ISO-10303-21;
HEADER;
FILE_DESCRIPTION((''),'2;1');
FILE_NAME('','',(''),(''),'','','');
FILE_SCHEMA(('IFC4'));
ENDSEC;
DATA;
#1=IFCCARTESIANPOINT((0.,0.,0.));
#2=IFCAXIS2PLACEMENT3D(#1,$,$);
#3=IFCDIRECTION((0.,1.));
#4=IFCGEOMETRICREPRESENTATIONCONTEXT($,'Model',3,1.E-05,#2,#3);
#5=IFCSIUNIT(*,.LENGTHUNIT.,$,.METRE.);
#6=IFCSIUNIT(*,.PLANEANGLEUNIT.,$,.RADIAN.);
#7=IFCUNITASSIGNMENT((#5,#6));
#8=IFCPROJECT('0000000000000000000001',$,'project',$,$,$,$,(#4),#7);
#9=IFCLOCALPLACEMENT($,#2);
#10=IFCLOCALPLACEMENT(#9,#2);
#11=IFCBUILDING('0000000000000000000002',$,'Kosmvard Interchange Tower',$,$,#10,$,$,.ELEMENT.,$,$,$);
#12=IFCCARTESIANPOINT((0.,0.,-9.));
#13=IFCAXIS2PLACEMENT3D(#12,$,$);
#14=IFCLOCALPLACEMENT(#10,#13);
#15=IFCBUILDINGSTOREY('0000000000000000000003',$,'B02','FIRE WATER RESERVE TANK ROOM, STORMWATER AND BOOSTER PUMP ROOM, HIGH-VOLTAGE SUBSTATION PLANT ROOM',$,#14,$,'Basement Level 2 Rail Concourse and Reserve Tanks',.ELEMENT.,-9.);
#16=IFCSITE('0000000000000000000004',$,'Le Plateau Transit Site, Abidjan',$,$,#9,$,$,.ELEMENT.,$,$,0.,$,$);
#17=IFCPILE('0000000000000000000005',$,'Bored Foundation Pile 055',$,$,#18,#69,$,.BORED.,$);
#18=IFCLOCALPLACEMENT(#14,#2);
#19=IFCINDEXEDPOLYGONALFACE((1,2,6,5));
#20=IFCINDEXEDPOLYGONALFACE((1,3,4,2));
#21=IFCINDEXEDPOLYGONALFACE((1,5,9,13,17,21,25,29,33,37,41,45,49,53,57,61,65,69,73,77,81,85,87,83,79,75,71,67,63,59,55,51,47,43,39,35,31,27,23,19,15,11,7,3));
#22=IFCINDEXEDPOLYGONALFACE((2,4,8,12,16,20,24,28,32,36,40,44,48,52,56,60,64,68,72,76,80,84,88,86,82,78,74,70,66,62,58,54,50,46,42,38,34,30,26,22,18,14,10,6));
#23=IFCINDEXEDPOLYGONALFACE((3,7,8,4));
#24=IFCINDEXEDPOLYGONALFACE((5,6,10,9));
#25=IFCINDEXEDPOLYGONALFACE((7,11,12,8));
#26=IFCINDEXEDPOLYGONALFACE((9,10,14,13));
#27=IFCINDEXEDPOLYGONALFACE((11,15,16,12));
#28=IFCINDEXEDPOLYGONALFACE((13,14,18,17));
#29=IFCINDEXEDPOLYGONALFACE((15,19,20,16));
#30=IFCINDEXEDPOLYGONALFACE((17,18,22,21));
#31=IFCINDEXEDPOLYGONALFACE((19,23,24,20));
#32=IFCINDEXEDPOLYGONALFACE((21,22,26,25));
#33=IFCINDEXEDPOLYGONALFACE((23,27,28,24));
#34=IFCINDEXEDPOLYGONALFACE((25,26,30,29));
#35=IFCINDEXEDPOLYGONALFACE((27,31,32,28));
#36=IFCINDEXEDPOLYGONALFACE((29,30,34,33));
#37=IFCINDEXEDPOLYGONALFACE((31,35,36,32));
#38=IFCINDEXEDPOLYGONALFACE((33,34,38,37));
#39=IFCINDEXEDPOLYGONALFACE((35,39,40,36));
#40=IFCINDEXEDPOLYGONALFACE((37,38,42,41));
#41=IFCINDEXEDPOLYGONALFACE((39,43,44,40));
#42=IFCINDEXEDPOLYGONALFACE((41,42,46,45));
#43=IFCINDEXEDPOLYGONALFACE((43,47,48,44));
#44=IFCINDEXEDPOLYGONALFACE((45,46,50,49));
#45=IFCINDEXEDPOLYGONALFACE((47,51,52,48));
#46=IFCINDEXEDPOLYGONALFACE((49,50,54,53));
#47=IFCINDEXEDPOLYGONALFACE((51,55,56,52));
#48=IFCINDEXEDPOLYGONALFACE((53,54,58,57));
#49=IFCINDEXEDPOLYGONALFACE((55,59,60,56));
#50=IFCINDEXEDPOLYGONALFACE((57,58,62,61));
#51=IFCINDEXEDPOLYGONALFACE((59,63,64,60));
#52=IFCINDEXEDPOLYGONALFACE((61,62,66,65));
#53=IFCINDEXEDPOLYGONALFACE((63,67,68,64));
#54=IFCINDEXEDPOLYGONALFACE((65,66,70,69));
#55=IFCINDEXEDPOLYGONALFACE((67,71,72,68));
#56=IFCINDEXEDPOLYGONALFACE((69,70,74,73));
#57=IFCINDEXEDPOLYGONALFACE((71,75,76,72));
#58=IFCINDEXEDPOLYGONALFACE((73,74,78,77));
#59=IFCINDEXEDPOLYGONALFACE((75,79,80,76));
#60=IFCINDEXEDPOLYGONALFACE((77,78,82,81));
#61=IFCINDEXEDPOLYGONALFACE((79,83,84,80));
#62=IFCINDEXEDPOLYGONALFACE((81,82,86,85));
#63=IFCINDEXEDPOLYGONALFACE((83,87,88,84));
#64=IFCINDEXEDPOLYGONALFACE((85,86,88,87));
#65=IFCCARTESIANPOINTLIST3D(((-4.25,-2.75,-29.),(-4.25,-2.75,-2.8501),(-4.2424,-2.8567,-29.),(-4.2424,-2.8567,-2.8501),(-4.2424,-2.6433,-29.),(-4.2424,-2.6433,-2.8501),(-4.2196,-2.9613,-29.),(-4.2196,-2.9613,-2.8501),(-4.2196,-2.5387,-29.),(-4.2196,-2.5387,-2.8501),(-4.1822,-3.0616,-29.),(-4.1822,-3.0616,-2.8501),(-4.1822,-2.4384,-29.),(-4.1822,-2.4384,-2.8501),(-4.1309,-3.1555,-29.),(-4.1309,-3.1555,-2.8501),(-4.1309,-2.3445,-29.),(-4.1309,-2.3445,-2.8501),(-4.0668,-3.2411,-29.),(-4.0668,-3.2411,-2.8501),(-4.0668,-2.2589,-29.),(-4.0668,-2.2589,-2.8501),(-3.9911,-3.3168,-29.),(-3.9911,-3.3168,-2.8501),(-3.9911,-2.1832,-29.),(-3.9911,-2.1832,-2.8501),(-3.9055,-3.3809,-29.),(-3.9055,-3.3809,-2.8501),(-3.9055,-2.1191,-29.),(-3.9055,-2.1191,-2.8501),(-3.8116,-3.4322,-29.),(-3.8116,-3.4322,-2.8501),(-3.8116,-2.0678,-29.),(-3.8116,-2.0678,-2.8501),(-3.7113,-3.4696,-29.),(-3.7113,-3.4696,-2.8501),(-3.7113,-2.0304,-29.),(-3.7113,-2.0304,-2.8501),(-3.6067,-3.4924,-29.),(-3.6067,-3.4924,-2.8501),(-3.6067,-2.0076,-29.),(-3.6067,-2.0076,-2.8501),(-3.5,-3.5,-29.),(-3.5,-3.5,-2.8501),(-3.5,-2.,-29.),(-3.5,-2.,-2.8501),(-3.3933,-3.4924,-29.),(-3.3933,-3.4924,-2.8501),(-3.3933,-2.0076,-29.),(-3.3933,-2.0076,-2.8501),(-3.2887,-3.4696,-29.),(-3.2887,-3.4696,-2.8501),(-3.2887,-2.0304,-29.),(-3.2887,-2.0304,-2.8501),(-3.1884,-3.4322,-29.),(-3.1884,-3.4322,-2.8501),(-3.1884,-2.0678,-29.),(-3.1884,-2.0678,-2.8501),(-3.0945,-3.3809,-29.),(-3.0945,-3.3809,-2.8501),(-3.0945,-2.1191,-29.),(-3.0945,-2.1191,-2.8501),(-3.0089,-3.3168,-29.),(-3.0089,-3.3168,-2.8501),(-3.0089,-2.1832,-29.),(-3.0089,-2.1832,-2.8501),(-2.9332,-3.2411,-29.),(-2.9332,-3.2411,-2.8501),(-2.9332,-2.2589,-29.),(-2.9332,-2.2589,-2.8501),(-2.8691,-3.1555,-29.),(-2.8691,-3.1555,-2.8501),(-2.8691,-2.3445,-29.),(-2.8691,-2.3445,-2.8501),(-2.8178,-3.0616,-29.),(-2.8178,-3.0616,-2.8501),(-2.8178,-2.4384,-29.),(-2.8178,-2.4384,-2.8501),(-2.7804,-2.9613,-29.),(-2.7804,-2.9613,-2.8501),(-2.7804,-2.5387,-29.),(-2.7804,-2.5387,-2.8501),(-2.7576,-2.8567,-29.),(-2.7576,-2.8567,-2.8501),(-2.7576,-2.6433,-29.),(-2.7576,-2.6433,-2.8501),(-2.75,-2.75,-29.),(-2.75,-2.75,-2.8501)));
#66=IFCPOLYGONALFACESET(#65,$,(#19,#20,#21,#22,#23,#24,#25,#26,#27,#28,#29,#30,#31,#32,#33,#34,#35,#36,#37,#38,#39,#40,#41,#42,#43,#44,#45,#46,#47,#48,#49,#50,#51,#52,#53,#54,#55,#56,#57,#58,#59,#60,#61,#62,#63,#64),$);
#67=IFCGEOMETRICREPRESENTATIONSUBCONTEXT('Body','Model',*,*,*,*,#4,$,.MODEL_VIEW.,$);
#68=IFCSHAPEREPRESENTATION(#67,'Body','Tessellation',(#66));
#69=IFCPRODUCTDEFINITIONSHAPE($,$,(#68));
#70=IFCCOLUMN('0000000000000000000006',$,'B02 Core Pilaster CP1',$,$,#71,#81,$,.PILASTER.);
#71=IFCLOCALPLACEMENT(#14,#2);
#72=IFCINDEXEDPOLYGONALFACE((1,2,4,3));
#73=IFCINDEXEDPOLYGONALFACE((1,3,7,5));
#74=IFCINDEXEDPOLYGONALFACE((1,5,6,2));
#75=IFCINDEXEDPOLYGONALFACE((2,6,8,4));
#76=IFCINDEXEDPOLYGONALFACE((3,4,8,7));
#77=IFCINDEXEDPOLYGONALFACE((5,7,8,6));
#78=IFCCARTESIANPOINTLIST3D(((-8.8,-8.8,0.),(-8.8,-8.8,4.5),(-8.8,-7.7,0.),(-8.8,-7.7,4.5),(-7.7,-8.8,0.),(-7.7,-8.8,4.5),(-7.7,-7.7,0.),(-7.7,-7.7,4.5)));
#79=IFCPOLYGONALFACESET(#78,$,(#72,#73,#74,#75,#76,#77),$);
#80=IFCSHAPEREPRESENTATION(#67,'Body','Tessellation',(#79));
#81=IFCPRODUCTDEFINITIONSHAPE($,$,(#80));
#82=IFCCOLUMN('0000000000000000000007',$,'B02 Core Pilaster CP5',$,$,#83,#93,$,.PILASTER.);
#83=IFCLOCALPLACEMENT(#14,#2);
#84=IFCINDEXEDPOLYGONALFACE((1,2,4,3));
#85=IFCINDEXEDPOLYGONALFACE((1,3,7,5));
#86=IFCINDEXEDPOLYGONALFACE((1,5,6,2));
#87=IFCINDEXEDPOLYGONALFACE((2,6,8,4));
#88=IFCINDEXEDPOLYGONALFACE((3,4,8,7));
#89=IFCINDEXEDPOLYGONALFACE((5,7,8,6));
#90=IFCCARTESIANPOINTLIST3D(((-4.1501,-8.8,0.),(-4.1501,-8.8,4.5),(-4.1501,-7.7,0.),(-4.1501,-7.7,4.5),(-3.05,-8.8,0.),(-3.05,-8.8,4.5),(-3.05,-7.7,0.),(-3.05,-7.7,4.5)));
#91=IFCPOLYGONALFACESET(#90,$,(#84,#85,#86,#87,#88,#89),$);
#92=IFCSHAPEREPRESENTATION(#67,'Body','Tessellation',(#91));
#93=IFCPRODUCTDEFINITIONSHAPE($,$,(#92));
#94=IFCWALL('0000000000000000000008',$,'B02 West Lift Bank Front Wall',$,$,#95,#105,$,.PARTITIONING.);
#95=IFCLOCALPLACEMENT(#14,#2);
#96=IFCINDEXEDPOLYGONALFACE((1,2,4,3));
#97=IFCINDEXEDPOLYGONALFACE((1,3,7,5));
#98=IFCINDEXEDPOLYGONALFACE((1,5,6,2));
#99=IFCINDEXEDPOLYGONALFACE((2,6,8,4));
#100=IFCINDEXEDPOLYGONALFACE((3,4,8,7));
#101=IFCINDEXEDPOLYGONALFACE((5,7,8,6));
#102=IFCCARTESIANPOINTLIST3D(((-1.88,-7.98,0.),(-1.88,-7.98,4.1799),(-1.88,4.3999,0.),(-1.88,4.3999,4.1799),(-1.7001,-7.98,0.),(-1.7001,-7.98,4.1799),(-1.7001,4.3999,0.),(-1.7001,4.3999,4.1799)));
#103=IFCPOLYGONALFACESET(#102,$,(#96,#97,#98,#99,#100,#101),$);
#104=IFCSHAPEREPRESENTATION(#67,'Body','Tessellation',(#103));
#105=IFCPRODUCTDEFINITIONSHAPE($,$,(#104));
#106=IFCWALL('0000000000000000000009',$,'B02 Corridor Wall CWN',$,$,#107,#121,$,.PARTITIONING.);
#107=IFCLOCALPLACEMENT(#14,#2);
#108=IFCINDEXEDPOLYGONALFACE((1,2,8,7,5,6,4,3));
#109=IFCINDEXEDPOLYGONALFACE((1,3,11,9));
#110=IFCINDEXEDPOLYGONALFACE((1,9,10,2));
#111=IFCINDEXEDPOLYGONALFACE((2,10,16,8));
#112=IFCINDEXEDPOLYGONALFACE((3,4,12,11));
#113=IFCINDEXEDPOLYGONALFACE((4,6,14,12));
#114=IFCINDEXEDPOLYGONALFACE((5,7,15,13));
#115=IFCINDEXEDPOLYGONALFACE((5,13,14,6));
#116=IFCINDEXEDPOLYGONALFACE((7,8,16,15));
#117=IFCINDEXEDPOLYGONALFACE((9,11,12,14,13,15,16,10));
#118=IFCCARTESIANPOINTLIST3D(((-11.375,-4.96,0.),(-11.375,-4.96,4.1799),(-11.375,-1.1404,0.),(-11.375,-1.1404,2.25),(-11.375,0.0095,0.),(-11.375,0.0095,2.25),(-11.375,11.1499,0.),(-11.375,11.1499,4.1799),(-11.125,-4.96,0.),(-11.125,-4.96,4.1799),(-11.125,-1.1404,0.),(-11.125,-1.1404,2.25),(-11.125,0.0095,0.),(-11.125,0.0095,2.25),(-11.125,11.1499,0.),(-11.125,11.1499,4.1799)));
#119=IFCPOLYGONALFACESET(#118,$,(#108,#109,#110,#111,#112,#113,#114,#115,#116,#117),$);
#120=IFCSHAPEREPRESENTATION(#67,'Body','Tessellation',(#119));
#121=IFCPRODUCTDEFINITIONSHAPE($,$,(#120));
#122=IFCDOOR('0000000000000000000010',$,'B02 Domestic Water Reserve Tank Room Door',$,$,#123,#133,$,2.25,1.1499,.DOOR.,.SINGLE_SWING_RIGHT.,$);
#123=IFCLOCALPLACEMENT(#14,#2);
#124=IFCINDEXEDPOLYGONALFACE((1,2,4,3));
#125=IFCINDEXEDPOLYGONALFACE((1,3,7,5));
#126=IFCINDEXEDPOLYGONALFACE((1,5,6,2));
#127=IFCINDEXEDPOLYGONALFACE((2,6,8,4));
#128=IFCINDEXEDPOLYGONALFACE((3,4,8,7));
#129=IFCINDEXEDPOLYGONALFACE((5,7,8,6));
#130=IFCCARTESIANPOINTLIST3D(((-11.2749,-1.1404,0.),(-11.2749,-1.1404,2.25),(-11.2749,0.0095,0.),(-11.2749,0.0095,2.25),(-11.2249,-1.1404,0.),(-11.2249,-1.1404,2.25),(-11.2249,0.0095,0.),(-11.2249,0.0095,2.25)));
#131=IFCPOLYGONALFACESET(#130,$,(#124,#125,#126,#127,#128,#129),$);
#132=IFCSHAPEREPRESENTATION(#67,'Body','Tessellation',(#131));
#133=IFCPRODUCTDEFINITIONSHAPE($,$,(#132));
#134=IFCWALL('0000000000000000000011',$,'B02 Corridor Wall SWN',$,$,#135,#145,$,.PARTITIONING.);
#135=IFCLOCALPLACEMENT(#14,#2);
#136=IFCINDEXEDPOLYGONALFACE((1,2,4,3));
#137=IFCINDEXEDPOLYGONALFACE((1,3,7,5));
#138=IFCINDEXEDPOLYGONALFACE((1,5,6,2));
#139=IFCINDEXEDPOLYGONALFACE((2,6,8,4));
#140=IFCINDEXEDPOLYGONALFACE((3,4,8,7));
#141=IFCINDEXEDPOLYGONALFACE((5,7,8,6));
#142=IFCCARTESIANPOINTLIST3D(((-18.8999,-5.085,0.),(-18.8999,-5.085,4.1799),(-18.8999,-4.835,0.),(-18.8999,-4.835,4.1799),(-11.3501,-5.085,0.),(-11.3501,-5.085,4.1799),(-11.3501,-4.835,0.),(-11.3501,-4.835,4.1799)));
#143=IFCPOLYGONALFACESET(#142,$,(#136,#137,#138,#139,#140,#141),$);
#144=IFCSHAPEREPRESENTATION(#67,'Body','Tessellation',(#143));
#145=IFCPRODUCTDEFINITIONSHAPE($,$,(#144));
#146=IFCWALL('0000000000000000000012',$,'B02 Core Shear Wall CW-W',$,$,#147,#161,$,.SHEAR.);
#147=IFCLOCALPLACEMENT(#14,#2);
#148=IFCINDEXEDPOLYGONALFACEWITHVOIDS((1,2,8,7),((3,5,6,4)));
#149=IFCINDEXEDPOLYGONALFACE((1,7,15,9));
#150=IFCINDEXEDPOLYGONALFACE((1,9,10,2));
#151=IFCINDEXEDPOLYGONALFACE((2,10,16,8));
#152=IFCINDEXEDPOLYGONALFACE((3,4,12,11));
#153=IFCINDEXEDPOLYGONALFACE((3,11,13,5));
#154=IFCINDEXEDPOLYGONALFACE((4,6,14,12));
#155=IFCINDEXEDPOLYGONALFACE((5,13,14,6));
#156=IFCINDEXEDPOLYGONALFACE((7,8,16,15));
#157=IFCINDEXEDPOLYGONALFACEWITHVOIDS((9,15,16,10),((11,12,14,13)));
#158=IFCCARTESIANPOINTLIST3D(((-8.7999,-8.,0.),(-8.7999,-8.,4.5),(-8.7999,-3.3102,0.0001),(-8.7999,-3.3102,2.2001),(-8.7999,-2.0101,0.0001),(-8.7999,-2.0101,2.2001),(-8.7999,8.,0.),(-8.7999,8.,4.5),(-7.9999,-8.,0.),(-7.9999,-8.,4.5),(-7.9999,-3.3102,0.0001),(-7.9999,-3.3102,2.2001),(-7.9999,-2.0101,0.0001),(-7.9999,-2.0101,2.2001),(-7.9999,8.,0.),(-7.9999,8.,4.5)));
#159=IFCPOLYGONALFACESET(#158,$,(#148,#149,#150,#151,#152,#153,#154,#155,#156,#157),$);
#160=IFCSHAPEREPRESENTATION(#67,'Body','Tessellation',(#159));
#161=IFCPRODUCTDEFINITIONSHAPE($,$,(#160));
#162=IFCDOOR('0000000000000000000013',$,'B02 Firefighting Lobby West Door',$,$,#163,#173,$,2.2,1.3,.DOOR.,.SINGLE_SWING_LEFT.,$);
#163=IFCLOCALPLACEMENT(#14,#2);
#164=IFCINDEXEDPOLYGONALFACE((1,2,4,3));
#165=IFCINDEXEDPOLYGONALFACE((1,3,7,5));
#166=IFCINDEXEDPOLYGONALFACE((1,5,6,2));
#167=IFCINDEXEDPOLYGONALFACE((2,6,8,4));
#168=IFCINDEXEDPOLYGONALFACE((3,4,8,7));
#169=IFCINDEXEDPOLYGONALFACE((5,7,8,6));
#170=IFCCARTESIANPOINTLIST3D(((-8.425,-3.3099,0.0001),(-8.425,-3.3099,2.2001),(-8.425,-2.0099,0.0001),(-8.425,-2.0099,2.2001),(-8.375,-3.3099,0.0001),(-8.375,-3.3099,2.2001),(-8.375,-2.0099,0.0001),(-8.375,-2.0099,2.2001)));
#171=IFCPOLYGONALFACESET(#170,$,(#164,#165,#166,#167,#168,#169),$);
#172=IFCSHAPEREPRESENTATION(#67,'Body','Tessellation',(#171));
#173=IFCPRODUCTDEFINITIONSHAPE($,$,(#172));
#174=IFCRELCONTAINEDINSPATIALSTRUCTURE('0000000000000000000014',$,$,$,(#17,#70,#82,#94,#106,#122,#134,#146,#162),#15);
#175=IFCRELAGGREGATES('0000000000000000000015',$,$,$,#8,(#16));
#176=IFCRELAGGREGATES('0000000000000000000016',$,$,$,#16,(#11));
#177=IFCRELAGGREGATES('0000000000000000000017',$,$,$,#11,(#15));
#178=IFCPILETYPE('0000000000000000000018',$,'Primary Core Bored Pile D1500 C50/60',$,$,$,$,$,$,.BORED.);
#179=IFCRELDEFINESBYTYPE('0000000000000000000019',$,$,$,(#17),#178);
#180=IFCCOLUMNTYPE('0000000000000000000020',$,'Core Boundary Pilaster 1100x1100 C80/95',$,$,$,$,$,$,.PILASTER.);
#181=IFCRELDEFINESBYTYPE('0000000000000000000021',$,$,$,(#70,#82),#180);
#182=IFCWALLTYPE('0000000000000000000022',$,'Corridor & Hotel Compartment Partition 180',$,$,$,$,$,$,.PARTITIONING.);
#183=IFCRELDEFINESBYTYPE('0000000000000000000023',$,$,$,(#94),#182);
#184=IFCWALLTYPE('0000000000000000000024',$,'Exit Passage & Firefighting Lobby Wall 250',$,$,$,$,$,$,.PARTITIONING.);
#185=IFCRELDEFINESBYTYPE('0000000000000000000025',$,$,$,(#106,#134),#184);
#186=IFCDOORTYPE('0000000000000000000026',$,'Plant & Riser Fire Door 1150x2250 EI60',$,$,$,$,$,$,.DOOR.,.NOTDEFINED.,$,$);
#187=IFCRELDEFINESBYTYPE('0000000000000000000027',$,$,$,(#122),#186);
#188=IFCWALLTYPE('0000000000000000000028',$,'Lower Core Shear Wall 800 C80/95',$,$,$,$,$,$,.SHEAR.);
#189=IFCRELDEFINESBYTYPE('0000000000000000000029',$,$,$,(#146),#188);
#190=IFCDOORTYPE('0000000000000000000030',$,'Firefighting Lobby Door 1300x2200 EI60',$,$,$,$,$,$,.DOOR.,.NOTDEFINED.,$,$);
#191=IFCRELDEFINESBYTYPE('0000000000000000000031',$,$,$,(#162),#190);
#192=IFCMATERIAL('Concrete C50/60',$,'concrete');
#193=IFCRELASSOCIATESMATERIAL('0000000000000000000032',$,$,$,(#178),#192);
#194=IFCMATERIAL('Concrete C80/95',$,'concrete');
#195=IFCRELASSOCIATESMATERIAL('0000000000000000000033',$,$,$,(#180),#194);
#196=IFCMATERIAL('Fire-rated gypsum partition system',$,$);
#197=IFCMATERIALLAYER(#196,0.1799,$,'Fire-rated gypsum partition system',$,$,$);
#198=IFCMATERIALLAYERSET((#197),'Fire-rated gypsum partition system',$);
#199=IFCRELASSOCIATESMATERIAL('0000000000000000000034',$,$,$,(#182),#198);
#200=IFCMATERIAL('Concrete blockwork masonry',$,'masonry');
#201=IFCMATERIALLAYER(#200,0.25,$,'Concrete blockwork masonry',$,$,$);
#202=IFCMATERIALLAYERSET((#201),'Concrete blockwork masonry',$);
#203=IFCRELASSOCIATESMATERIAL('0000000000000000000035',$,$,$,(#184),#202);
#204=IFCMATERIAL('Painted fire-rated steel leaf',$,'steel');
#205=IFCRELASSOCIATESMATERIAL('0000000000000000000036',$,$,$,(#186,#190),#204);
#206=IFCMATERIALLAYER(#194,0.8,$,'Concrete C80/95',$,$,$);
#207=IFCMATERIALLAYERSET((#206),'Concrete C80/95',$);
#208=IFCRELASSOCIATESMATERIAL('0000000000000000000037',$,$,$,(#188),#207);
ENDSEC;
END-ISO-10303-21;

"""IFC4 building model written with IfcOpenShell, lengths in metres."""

from ifc_helpers import new_model, si_unit, direction, frame, frame_2d, origin, origin_2d, place, context, subcontext, project, spatial, rectangle, circle, extrude, source, transform, mapped, material, layer, layer_set, material_profile, profile_set, type_object, element, fill, save


model = new_model("IFC4")

# Units and contexts
model_context = context("Model", 3, precision=1e-05, world=origin(), true_north=direction((0.0, 1.0)))
body_context = subcontext(model_context, "Body", "Model", "MODEL_VIEW")
ifc_project = project(units=[si_unit("LENGTHUNIT", "METRE"), si_unit("PLANEANGLEUNIT", "RADIAN")], contexts=[model_context])

# Site, building, storey
site_placement = place(None, origin())
site = spatial("IfcSite", under=ifc_project, at=site_placement, Name="Le Plateau Transit Site, Abidjan", CompositionType="ELEMENT", RefElevation=0.0)
building_placement = place(site_placement, origin())
building = spatial("IfcBuilding", under=site, at=building_placement, Name="Kosmvard Interchange Tower", CompositionType="ELEMENT")
storey_placement = place(building_placement, frame((0.0, 0.0, -9.0)))
storey = spatial("IfcBuildingStorey", under=building, at=storey_placement, Name="B02", Description="FIRE WATER RESERVE TANK ROOM, STORMWATER AND BOOSTER PUMP ROOM, HIGH-VOLTAGE SUBSTATION PLANT ROOM", LongName="Basement Level 2 Rail Concourse and Reserve Tanks", CompositionType="ELEMENT", Elevation=-9.0)

# Pile
ifc_material_1 = material(Name="Concrete C50/60", Category="concrete")
ifc_material_profile_1 = material_profile(ifc_material_1, circle(Radius=0.75, at=origin_2d()), Name="PILE D1500")
ifc_profile_set_1 = profile_set([ifc_material_profile_1], Name="Concrete C50/60")
pile_type = type_object("IfcPileType", Name="Primary Core Bored Pile D1500 C50/60", PredefinedType="BORED", material=ifc_profile_set_1)
shared_shape_1 = source(origin(), body_context, "Body", "SweptSolid", [
    extrude(circle(Radius=0.75, at=origin_2d()), origin(), (0.0, 0.0, 1.0), 26.1499),
])
for number, where, z_axis, x_axis, name in (
    (1, (-3.5, -2.75, -2.8501), (0.0, 0.0, -1.0), (1.0, 0.0, 0.0), "Bored Foundation Pile 055"),
):
    element("IfcPile", number, at=place(storey_placement, frame(where, z_axis=z_axis, x_axis=x_axis)), inside=storey, type_object=pile_type, Name=name, PredefinedType="BORED", context=body_context, shape_type="MappedRepresentation", body=[
        mapped(shared_shape_1, transform((0.0, 0.0, 0.0), scale=1.0)),
    ])

# Columns
ifc_material_2 = material(Name="Concrete C80/95", Category="concrete")
ifc_material_profile_2 = material_profile(ifc_material_2, rectangle(XDim=1.1001, YDim=1.1001, at=origin_2d()), Name="CP 1100x1100")
ifc_profile_set_2 = profile_set([ifc_material_profile_2], Name="Concrete C80/95")
column_type = type_object("IfcColumnType", Name="Core Boundary Pilaster 1100x1100 C80/95", PredefinedType="PILASTER", material=ifc_profile_set_2)
shared_shape_2 = source(origin(), body_context, "Body", "SweptSolid", [
    extrude(rectangle(XDim=1.1001, YDim=1.1001, at=origin_2d()), origin(), (0.0, 0.0, 1.0), 4.5),
])
for number, where, z_axis, x_axis, name in (
    (2, (-8.25, -8.25, 0.0), (0.0, 0.0, 1.0), (1.0, 0.0, 0.0), "B02 Core Pilaster CP1"),
    (3, (-3.6001, -8.25, 0.0), (0.0, 0.0, 1.0), (1.0, 0.0, 0.0), "B02 Core Pilaster CP5"),
):
    element("IfcColumn", number, at=place(storey_placement, frame(where, z_axis=z_axis, x_axis=x_axis)), inside=storey, type_object=column_type, Name=name, PredefinedType="PILASTER", context=body_context, shape_type="MappedRepresentation", body=[
        mapped(shared_shape_2, transform((0.0, 0.0, 0.0), scale=1.0)),
    ])

# Wall
ifc_material_3 = material(Name="Fire-rated gypsum partition system")
ifc_layer_1 = layer(ifc_material_3, 0.1799, Name="Fire-rated gypsum partition system")
ifc_layer_set_1 = layer_set([ifc_layer_1], Name="Fire-rated gypsum partition system")
wall_type_1 = type_object("IfcWallType", Name="Corridor & Hotel Compartment Partition 180", PredefinedType="PARTITIONING", material=ifc_layer_set_1)
wall_1_placement = place(storey_placement, frame((-1.79, -7.98, 0.0), z_axis=(0.0, 0.0, 1.0), x_axis=(0.0, 1.0, 0.0)))
element("IfcWall", 4, at=wall_1_placement, inside=storey, type_object=wall_type_1, Name="B02 West Lift Bank Front Wall", PredefinedType="PARTITIONING", context=body_context, shape_type="SweptSolid", body=[
    extrude(rectangle(XDim=12.3799, YDim=0.1799, at=frame_2d((6.1899, 0.0))), origin(), (0.0, 0.0, 1.0), 4.1799),
])

# Wall, opening, door
ifc_material_4 = material(Name="Concrete blockwork masonry", Category="masonry")
ifc_layer_2 = layer(ifc_material_4, 0.25, Name="Concrete blockwork masonry")
ifc_layer_set_2 = layer_set([ifc_layer_2], Name="Concrete blockwork masonry")
wall_type_2 = type_object("IfcWallType", Name="Exit Passage & Firefighting Lobby Wall 250", PredefinedType="PARTITIONING", material=ifc_layer_set_2)
wall_2_placement = place(storey_placement, frame((-11.25, -4.96, 0.0), z_axis=(0.0, 0.0, 1.0), x_axis=(0.0, 1.0, 0.0)))
wall_2 = element("IfcWall", 5, at=wall_2_placement, inside=storey, type_object=wall_type_2, Name="B02 Corridor Wall CWN", PredefinedType="PARTITIONING", context=body_context, shape_type="SweptSolid", body=[
    extrude(rectangle(XDim=16.1099, YDim=0.25, at=frame_2d((8.0549, 0.0))), origin(), (0.0, 0.0, 1.0), 4.1799),
])
opening_1_placement = place(wall_2_placement, frame((3.8196, 0.0, 0.0)))
opening_1 = element("IfcOpeningElement", 6, at=opening_1_placement, cuts=wall_2, PredefinedType="OPENING", context=body_context, shape_type="SweptSolid", body=[
    extrude(rectangle(XDim=1.1499, YDim=2.25, at=frame_2d((0.575, 1.125))), frame((0.0, 0.135, 0.0), z_axis=(0.0, -1.0, 0.0), x_axis=(1.0, 0.0, 0.0)), (0.0, 0.0, 1.0), 0.27),
])
ifc_material_5 = material(Name="Painted fire-rated steel leaf", Category="steel")
door_type_1 = type_object("IfcDoorType", Name="Plant & Riser Fire Door 1150x2250 EI60", OperationType="NOTDEFINED", PredefinedType="DOOR", material=ifc_material_5)
shared_shape_3 = source(origin(), body_context, "Body", "SweptSolid", [
    extrude(rectangle(XDim=1.1499, YDim=2.25, at=frame_2d((0.575, 1.125))), frame((0.0, 0.0249, 0.0), z_axis=(0.0, -1.0, 0.0), x_axis=(1.0, 0.0, 0.0)), (0.0, 0.0, 1.0), 0.05),
])
door_1_placement = place(opening_1_placement, origin())
door_1 = element("IfcDoor", 7, at=door_1_placement, inside=storey, type_object=door_type_1, Name="B02 Domestic Water Reserve Tank Room Door", OperationType="SINGLE_SWING_RIGHT", OverallHeight=2.25, OverallWidth=1.1499, PredefinedType="DOOR", context=body_context, shape_type="MappedRepresentation", body=[
    mapped(shared_shape_3, transform((0.0, 0.0, 0.0), scale=1.0)),
])
fill(opening_1, door_1)

# Wall
wall_3_placement = place(storey_placement, frame((-18.8999, -4.96, 0.0), z_axis=(0.0, 0.0, 1.0), x_axis=(1.0, 0.0, 0.0)))
element("IfcWall", 8, at=wall_3_placement, inside=storey, type_object=wall_type_2, Name="B02 Corridor Wall SWN", PredefinedType="PARTITIONING", context=body_context, shape_type="SweptSolid", body=[
    extrude(rectangle(XDim=7.5498, YDim=0.25, at=frame_2d((3.7749, 0.0))), origin(), (0.0, 0.0, 1.0), 4.1799),
])

# Wall, opening, door
ifc_layer_3 = layer(ifc_material_2, 0.8, Name="Concrete C80/95")
ifc_layer_set_3 = layer_set([ifc_layer_3], Name="Concrete C80/95")
wall_type_3 = type_object("IfcWallType", Name="Lower Core Shear Wall 800 C80/95", PredefinedType="SHEAR", material=ifc_layer_set_3)
wall_4_placement = place(storey_placement, frame((-8.3999, -8.0, 0.0), z_axis=(0.0, 0.0, 1.0), x_axis=(0.0, 1.0, 0.0)))
wall_4 = element("IfcWall", 9, at=wall_4_placement, inside=storey, type_object=wall_type_3, Name="B02 Core Shear Wall CW-W", PredefinedType="SHEAR", context=body_context, shape_type="SweptSolid", body=[
    extrude(rectangle(XDim=16.0, YDim=0.8, at=frame_2d((8.0, 0.0))), origin(), (0.0, 0.0, 1.0), 4.5),
])
opening_2_placement = place(wall_4_placement, frame((4.6899, 0.0, 0.0)))
opening_2 = element("IfcOpeningElement", 10, at=opening_2_placement, cuts=wall_4, PredefinedType="OPENING", context=body_context, shape_type="SweptSolid", body=[
    extrude(rectangle(XDim=1.3, YDim=2.2, at=frame_2d((0.6499, 1.1001))), frame((0.0, 0.4102, 0.0), z_axis=(0.0, -1.0, 0.0), x_axis=(1.0, 0.0, 0.0)), (0.0, 0.0, 1.0), 0.8201),
])
door_type_2 = type_object("IfcDoorType", Name="Firefighting Lobby Door 1300x2200 EI60", OperationType="NOTDEFINED", PredefinedType="DOOR", material=ifc_material_5)
shared_shape_4 = source(origin(), body_context, "Body", "SweptSolid", [
    extrude(rectangle(XDim=1.3, YDim=2.2, at=frame_2d((0.6499, 1.1001))), frame((0.0, 0.0249, 0.0), z_axis=(0.0, -1.0, 0.0), x_axis=(1.0, 0.0, 0.0)), (0.0, 0.0, 1.0), 0.05),
])
door_2_placement = place(opening_2_placement, frame((1.3, 0.0, 0.0), z_axis=(0.0, 0.0, 1.0), x_axis=(-1.0, 0.0, 0.0)))
door_2 = element("IfcDoor", 11, at=door_2_placement, inside=storey, type_object=door_type_2, Name="B02 Firefighting Lobby West Door", OperationType="SINGLE_SWING_LEFT", OverallHeight=2.2, OverallWidth=1.3, PredefinedType="DOOR", context=body_context, shape_type="MappedRepresentation", body=[
    mapped(shared_shape_4, transform((0.0, 0.0, 0.0), scale=1.0)),
])
fill(opening_2, door_2)

save(model, "model.ifc")
